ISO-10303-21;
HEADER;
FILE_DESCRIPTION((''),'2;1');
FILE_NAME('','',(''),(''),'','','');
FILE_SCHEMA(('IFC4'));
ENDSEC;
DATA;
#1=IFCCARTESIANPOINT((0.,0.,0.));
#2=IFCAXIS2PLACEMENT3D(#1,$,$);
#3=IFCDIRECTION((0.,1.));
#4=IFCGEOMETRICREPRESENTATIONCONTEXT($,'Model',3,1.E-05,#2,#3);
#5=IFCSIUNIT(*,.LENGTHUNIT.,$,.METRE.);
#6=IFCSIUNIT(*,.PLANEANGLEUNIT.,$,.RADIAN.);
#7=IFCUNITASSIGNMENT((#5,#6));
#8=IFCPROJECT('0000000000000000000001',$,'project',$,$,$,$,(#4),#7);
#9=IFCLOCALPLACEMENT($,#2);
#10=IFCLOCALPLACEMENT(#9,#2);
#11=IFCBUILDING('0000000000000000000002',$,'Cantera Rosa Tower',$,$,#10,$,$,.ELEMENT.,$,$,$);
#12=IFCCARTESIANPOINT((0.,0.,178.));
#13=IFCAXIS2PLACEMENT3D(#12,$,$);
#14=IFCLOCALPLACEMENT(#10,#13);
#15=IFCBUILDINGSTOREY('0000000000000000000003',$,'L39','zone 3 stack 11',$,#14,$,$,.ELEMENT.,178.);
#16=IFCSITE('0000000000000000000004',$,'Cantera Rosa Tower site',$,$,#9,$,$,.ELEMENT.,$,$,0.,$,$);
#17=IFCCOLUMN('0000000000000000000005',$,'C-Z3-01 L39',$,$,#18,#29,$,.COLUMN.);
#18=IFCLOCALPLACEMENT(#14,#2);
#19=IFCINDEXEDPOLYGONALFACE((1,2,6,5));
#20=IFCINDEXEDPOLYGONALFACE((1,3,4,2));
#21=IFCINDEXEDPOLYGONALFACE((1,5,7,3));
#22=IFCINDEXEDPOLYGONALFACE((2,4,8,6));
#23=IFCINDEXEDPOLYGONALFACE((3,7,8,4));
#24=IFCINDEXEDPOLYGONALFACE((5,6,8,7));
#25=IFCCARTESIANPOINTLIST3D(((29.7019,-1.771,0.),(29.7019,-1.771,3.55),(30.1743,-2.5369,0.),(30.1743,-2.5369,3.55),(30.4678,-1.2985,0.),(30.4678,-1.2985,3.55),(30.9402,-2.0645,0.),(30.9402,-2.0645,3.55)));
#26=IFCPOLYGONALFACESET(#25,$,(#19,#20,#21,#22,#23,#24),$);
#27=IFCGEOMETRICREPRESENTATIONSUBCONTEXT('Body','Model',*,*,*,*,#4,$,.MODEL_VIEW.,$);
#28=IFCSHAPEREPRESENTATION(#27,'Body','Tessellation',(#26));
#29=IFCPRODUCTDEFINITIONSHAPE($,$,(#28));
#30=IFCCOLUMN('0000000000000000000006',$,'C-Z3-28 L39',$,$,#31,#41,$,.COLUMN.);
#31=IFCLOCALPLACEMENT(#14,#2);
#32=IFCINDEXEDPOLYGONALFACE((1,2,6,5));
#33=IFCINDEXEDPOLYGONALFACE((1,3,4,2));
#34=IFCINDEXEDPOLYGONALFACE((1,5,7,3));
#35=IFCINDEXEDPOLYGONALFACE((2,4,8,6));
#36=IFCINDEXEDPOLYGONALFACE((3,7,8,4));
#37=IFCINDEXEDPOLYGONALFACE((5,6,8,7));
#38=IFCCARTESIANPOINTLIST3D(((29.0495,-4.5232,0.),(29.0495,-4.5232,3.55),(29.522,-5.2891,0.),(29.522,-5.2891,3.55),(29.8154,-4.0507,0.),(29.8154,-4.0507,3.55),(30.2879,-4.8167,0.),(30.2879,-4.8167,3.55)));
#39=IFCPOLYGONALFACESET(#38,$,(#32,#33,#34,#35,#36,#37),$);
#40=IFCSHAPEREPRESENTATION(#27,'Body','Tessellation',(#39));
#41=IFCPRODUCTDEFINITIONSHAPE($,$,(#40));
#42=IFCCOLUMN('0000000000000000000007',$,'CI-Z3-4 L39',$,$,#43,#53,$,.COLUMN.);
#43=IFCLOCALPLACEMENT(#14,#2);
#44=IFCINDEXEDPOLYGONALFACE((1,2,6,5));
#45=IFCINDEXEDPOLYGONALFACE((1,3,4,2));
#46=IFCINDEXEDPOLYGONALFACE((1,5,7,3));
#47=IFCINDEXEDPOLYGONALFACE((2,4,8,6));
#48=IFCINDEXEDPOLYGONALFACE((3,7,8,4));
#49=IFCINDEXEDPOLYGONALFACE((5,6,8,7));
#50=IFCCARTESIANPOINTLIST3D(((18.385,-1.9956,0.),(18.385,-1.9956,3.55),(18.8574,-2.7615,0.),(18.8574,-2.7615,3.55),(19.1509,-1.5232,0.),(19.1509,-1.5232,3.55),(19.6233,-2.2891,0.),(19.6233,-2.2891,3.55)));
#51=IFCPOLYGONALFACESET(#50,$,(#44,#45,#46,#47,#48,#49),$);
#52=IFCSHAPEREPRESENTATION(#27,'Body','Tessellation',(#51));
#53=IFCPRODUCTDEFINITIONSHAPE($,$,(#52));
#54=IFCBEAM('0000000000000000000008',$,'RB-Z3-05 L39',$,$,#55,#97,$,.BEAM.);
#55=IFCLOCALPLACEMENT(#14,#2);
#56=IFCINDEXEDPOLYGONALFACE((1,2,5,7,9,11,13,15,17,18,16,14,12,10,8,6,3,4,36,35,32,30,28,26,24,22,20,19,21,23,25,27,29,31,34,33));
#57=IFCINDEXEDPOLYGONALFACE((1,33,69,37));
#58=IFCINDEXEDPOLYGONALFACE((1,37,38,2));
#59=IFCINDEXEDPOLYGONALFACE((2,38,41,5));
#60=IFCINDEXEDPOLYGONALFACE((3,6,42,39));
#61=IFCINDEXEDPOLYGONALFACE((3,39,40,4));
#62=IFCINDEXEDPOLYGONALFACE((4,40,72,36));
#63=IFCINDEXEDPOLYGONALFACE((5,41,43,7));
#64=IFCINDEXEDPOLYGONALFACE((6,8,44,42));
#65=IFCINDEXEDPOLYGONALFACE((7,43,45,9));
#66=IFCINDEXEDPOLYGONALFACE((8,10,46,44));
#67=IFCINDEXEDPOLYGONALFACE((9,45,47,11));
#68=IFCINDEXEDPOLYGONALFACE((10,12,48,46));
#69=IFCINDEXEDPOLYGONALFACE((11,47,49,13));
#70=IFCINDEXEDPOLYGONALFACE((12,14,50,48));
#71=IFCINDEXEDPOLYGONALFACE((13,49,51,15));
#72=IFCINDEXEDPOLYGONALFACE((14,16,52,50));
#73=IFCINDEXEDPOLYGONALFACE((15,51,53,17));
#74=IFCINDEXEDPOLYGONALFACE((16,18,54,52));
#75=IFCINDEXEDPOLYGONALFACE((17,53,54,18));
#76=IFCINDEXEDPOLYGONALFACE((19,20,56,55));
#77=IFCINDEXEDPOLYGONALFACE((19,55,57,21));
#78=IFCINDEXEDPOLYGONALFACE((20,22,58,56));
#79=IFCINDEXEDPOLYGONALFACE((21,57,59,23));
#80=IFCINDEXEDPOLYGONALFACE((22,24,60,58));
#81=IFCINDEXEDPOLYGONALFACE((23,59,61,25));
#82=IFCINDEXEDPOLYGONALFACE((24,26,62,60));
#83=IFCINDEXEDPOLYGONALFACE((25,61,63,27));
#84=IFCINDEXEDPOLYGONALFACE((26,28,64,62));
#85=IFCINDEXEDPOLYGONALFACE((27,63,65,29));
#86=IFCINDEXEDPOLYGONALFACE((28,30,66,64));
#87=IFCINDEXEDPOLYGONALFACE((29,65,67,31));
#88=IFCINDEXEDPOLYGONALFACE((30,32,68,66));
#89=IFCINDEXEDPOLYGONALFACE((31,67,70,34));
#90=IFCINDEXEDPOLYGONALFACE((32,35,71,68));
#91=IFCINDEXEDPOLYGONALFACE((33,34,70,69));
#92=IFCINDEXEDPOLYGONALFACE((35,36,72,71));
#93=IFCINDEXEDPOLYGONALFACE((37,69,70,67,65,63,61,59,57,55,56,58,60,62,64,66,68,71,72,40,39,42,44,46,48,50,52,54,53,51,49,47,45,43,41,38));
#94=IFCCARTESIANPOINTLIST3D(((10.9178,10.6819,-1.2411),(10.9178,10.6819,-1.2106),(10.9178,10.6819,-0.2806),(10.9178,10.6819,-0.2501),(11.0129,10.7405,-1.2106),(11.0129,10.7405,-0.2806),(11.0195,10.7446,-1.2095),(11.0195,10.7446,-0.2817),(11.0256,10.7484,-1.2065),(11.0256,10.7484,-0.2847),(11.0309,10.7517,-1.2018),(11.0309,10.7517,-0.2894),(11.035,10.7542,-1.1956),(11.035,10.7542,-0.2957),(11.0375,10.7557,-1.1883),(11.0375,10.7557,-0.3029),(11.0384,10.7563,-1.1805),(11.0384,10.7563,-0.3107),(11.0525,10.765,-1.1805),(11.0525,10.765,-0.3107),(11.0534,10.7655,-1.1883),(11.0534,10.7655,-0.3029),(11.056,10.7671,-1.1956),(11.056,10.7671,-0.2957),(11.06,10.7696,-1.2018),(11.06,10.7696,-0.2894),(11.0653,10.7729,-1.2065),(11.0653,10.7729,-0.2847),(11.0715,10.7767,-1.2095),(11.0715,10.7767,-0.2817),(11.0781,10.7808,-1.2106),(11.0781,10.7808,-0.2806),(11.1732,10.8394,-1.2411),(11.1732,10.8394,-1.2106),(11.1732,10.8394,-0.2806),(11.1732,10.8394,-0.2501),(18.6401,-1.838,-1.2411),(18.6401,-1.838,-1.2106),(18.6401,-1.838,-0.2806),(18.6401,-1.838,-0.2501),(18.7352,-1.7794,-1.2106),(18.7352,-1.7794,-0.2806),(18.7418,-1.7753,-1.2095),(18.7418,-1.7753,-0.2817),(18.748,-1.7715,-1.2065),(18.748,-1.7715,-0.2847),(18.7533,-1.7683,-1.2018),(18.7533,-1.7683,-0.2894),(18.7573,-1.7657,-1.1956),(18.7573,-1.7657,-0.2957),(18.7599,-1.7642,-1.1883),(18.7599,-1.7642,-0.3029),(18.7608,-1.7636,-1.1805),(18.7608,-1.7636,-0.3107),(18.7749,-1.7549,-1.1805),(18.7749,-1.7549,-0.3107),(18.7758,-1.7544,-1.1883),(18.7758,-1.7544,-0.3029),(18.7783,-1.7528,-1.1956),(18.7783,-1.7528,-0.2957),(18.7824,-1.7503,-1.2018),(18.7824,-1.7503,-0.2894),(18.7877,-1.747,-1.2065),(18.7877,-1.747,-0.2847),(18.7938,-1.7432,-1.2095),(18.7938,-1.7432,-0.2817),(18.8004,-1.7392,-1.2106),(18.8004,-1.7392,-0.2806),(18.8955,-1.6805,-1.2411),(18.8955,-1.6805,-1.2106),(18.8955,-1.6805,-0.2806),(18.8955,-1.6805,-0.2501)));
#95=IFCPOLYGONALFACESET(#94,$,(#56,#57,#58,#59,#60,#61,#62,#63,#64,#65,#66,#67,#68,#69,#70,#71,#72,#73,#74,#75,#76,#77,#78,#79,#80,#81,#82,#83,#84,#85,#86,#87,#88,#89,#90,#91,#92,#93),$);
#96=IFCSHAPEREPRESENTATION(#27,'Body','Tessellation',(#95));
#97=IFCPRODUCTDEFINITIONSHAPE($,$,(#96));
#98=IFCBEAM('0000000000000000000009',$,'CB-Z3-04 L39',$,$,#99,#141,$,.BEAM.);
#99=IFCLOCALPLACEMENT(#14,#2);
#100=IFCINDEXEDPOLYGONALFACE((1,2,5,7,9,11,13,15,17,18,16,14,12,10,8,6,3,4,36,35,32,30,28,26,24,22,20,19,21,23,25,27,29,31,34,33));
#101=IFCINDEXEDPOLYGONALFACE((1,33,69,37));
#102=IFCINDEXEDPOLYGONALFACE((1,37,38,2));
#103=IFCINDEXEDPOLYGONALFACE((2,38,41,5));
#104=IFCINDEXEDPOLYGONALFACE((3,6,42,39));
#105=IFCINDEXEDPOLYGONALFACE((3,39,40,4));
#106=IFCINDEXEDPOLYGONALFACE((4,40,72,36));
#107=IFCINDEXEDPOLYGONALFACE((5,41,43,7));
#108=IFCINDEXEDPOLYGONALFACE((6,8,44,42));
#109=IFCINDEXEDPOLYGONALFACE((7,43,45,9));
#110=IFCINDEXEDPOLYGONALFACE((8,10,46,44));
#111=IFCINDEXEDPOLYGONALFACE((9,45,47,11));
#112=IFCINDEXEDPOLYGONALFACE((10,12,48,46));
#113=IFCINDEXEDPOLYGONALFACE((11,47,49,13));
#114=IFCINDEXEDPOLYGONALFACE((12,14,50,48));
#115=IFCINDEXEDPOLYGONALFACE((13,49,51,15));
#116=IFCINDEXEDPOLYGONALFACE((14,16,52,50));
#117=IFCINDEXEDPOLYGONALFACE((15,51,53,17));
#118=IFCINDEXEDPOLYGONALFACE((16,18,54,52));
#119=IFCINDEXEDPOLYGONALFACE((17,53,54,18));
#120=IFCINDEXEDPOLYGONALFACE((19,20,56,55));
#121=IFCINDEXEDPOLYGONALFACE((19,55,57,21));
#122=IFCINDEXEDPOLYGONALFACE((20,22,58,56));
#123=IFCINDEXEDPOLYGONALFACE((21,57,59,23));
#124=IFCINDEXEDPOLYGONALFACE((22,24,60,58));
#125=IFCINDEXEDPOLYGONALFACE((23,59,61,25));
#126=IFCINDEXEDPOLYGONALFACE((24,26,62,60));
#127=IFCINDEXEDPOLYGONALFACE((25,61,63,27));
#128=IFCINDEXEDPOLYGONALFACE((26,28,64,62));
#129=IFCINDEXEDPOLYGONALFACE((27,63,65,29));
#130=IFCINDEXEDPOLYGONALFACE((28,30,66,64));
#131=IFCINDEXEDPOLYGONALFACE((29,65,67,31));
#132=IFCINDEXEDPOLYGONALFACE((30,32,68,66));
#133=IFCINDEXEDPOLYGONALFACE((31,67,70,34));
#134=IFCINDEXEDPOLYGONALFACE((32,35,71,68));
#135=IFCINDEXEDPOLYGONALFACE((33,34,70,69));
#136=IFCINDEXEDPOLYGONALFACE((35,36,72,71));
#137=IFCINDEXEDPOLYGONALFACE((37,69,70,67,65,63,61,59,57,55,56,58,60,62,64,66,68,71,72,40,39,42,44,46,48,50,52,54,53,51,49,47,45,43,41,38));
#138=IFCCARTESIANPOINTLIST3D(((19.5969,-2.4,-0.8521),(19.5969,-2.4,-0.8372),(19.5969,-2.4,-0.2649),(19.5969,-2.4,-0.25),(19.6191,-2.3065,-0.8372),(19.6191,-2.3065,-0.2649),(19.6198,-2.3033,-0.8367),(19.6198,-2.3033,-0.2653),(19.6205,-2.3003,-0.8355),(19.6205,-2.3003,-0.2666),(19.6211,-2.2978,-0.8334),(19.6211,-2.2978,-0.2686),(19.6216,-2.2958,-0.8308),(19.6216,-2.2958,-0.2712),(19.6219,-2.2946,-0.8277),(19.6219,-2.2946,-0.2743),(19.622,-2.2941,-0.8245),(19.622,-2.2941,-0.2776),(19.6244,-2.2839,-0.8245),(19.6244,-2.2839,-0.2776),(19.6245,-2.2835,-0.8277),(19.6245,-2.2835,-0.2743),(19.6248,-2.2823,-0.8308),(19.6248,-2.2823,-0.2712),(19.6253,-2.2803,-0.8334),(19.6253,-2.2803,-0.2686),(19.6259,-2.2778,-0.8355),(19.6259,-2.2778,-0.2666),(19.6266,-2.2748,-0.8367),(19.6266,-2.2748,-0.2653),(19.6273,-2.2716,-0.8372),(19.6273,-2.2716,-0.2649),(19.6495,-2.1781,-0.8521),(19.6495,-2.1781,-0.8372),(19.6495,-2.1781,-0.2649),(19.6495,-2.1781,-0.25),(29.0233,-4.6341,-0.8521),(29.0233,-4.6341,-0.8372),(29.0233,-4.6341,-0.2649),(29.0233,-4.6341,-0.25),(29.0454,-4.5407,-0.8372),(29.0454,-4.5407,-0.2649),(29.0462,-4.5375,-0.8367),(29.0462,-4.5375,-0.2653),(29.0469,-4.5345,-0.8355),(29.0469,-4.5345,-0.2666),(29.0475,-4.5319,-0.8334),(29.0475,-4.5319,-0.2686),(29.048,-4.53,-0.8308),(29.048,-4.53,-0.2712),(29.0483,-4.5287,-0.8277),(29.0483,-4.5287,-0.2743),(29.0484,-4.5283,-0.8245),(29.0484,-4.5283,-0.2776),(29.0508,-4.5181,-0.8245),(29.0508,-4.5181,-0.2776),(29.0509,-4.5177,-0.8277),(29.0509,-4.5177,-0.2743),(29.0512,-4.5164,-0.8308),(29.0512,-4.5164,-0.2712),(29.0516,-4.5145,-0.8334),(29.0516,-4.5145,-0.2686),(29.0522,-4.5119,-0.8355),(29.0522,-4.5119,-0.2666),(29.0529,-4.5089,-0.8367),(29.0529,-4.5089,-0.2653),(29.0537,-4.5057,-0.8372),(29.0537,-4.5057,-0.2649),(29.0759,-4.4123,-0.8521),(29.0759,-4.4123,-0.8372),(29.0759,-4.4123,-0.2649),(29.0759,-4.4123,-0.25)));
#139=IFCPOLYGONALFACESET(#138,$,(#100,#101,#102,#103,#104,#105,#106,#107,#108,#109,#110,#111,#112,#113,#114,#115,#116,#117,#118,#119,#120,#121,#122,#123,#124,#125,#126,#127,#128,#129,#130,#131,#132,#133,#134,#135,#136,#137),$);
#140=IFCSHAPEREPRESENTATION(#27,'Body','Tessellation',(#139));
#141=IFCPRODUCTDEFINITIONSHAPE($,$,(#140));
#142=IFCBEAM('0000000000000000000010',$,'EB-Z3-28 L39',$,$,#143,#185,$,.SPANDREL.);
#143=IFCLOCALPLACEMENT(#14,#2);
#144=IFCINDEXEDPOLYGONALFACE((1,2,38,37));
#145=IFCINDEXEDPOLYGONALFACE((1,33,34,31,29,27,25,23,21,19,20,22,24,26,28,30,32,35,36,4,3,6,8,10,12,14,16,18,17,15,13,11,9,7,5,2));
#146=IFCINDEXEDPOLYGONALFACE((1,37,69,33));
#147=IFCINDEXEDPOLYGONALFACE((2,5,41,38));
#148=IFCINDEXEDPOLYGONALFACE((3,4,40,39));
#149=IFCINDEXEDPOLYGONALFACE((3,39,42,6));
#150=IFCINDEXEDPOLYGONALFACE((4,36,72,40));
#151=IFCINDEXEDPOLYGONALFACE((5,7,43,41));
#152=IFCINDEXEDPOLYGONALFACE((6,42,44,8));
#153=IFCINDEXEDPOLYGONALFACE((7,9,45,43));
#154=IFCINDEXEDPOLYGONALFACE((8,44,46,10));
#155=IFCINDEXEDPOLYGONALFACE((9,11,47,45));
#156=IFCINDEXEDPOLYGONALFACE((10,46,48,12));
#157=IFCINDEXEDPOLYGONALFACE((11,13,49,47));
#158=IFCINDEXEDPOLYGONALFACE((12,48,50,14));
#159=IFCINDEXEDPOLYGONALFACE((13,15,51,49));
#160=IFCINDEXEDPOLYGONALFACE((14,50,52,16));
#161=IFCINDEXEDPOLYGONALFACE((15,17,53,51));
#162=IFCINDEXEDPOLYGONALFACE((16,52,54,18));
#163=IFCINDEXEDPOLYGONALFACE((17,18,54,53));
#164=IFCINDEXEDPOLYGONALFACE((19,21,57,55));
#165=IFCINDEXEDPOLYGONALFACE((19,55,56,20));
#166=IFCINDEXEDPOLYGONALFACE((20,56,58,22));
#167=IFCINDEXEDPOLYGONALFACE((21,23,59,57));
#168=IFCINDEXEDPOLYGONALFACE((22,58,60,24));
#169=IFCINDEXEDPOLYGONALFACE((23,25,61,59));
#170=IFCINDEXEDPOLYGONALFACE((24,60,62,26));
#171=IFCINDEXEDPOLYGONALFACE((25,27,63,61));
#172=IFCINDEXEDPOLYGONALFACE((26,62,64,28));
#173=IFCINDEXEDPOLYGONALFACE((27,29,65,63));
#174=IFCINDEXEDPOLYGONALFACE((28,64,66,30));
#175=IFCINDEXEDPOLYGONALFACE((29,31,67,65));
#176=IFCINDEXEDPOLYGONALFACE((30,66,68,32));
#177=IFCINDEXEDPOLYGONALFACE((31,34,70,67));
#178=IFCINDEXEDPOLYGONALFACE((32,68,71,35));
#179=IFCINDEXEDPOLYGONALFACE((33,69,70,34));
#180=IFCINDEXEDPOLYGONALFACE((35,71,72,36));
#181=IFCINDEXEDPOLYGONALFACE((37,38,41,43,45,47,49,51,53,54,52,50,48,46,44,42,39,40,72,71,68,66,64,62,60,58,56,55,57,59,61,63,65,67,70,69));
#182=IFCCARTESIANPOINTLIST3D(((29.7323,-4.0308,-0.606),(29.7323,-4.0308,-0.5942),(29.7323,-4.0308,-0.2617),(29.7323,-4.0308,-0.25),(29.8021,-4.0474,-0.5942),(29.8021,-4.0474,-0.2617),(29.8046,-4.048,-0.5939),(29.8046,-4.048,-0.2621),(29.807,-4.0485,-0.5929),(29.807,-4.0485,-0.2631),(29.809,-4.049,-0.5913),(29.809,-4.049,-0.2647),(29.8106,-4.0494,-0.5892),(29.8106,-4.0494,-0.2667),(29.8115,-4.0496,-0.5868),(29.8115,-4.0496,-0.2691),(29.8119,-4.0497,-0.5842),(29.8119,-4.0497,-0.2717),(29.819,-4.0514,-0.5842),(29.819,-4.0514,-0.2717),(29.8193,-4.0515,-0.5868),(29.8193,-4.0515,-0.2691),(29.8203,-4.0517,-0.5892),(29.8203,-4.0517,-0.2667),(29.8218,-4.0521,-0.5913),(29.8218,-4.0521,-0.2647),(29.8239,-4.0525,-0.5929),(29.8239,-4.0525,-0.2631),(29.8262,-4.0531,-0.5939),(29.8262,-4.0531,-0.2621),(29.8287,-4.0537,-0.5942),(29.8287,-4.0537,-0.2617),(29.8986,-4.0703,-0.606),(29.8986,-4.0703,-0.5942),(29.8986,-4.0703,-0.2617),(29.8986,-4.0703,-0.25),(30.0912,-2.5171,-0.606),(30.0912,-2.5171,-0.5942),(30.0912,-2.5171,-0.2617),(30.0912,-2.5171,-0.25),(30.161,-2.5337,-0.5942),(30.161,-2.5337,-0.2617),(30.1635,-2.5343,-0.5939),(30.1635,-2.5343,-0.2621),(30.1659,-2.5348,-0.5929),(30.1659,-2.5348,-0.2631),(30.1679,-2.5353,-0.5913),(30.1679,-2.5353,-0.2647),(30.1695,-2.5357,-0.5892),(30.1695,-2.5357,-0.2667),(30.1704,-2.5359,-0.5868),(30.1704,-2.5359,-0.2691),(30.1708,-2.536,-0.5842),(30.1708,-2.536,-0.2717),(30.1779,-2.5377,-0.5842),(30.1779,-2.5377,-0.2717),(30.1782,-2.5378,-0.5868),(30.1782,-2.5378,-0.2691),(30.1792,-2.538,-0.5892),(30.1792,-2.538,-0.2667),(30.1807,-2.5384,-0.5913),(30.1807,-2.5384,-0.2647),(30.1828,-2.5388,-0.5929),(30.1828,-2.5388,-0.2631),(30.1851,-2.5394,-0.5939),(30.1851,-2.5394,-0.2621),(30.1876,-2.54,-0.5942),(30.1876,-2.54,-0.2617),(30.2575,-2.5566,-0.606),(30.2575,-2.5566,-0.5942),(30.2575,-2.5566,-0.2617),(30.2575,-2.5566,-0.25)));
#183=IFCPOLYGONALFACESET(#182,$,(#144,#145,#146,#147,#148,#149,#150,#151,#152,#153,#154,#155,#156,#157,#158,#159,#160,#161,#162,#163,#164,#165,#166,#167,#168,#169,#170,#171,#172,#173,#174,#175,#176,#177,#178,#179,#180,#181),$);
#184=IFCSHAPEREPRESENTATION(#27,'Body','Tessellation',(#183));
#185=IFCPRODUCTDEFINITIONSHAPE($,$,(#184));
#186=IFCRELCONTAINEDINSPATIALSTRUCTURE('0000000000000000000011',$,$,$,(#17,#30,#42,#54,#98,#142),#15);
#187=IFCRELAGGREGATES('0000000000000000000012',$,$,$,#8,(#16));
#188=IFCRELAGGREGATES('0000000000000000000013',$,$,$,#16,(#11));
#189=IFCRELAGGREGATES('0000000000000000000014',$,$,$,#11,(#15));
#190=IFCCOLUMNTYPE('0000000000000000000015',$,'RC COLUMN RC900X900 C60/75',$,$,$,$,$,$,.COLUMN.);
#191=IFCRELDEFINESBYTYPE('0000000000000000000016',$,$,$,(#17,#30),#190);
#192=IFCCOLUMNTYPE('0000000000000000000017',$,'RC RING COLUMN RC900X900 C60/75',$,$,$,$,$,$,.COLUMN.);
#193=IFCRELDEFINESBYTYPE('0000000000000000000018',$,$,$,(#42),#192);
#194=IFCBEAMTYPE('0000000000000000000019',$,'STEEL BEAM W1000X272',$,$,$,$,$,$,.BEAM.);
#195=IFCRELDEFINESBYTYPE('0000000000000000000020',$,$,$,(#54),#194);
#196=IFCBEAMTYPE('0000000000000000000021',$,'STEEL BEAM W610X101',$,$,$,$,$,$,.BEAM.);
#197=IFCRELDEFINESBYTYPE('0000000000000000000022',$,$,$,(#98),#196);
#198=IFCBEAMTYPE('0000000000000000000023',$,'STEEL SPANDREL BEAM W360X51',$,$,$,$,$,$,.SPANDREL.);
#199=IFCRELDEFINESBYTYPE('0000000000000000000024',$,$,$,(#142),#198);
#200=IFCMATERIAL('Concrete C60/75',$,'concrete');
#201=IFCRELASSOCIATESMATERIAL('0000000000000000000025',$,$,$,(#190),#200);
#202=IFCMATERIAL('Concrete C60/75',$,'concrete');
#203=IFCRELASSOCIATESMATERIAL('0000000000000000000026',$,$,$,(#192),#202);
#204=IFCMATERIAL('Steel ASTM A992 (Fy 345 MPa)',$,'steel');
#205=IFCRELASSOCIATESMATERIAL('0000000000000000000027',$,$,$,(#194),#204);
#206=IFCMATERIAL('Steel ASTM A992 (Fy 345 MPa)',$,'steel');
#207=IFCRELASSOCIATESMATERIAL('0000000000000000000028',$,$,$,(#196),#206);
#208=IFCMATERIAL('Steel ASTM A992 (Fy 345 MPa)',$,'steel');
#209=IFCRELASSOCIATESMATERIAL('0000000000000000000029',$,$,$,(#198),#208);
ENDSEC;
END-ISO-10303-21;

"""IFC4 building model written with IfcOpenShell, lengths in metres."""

from ifc_helpers import new_model, si_unit, direction, frame, origin, origin_2d, place, context, subcontext, project, spatial, rectangle, i_section, extrude, material, material_profile, profile_set, type_object, element, save


model = new_model("IFC4")

# Units and contexts
model_context = context("Model", 3, precision=1e-05, world=origin(), true_north=direction((0.0, 1.0)))
body_context = subcontext(model_context, "Body", "Model", "MODEL_VIEW")
ifc_project = project(units=[si_unit("LENGTHUNIT", "METRE"), si_unit("PLANEANGLEUNIT", "RADIAN")], contexts=[model_context])

# Site, building, storey
site_placement = place(None, origin())
site = spatial("IfcSite", under=ifc_project, at=site_placement, Name="Cantera Rosa Tower site", CompositionType="ELEMENT", RefElevation=0.0)
building_placement = place(site_placement, origin())
building = spatial("IfcBuilding", under=site, at=building_placement, Name="Cantera Rosa Tower", CompositionType="ELEMENT")
storey_placement = place(building_placement, frame((0.0, 0.0, 178.0)))
storey = spatial("IfcBuildingStorey", under=building, at=storey_placement, Name="L39", Description="zone 3 stack 11", CompositionType="ELEMENT", Elevation=178.0)

# Columns
ifc_material_1 = material(Name="Concrete C60/75", Category="concrete")
ifc_material_profile_1 = material_profile(ifc_material_1, rectangle(XDim=0.8999, YDim=0.8999, at=origin_2d()), Name="RC COLUMN RC900X900 C60/75")
ifc_profile_set_1 = profile_set([ifc_material_profile_1], Name="Concrete C60/75")
column_type_1 = type_object("IfcColumnType", Name="RC COLUMN RC900X900 C60/75", PredefinedType="COLUMN", material=ifc_profile_set_1)
for number, where, z_axis, x_axis, name in (
    (1, (30.321, -1.9177, 0.0), (0.0, 0.0, 1.0), (0.851117, 0.524977, 0.0), "C-Z3-01 L39"),
    (2, (29.6687, -4.6699, 0.0), (0.0, 0.0, 1.0), (0.851117, 0.524977, 0.0), "C-Z3-28 L39"),
):
    element("IfcColumn", number, at=place(storey_placement, frame(where, z_axis=z_axis, x_axis=x_axis)), inside=storey, type_object=column_type_1, Name=name, PredefinedType="COLUMN", context=body_context, shape_type="SweptSolid", body=[
        extrude(rectangle(XDim=0.8999, YDim=0.8999, at=origin_2d()), origin(), (0.0, 0.0, 1.0), 3.55),
    ])
ifc_material_2 = material(Name="Concrete C60/75", Category="concrete")
ifc_material_profile_2 = material_profile(ifc_material_2, rectangle(XDim=0.8999, YDim=0.8999, at=origin_2d()), Name="RC RING COLUMN RC900X900 C60/75")
ifc_profile_set_2 = profile_set([ifc_material_profile_2], Name="Concrete C60/75")
column_type_2 = type_object("IfcColumnType", Name="RC RING COLUMN RC900X900 C60/75", PredefinedType="COLUMN", material=ifc_profile_set_2)
column_placement = place(storey_placement, frame((19.0042, -2.1423, 0.0), z_axis=(0.0, 0.0, 1.0), x_axis=(0.851117, 0.524977, 0.0)))
element("IfcColumn", 3, at=column_placement, inside=storey, type_object=column_type_2, Name="CI-Z3-4 L39", PredefinedType="COLUMN", context=body_context, shape_type="SweptSolid", body=[
    extrude(rectangle(XDim=0.8999, YDim=0.8999, at=origin_2d()), origin(), (0.0, 0.0, 1.0), 3.55),
])

# Beams
ifc_material_3 = material(Name="Steel ASTM A992 (Fy 345 MPa)", Category="steel")
ifc_material_profile_3 = material_profile(ifc_material_3, i_section(OverallWidth=0.3, OverallDepth=0.991, WebThickness=0.0166, FlangeThickness=0.0305, FilletRadius=0.03, at=origin_2d()), Name="W1000X272")
ifc_profile_set_3 = profile_set([ifc_material_profile_3], Name="Steel ASTM A992 (Fy 345 MPa)")
beam_type_1 = type_object("IfcBeamType", Name="STEEL BEAM W1000X272", PredefinedType="BEAM", material=ifc_profile_set_3)
beam_1_placement = place(storey_placement, frame((18.7678, -1.7593, -0.7456), z_axis=(-0.524974, 0.851118, 0.0), x_axis=(-0.851118, -0.524974, 0.0)))
element("IfcBeam", 4, at=beam_1_placement, inside=storey, type_object=beam_type_1, Name="RB-Z3-05 L39", PredefinedType="BEAM", context=body_context, shape_type="SweptSolid", body=[
    extrude(i_section(OverallWidth=0.3, OverallDepth=0.991, WebThickness=0.0166, FlangeThickness=0.0305, FilletRadius=0.03, at=origin_2d()), origin(), (0.0, 0.0, 1.0), 14.71),
])
ifc_material_4 = material(Name="Steel ASTM A992 (Fy 345 MPa)", Category="steel")
ifc_material_profile_4 = material_profile(ifc_material_4, i_section(OverallWidth=0.228, OverallDepth=0.6021, WebThickness=0.0105, FlangeThickness=0.0149, FilletRadius=0.0127, at=origin_2d()), Name="W610X101")
ifc_profile_set_4 = profile_set([ifc_material_profile_4], Name="Steel ASTM A992 (Fy 345 MPa)")
beam_type_2 = type_object("IfcBeamType", Name="STEEL BEAM W610X101", PredefinedType="BEAM", material=ifc_profile_set_4)
beam_2_placement = place(storey_placement, frame((29.0496, -4.5232, -0.551), z_axis=(-0.973043, 0.230622, 0.0), x_axis=(-0.230622, -0.973043, 0.0)))
element("IfcBeam", 5, at=beam_2_placement, inside=storey, type_object=beam_type_2, Name="CB-Z3-04 L39", PredefinedType="BEAM", context=body_context, shape_type="SweptSolid", body=[
    extrude(i_section(OverallWidth=0.228, OverallDepth=0.6021, WebThickness=0.0105, FlangeThickness=0.0149, FilletRadius=0.0127, at=origin_2d()), origin(), (0.0, 0.0, 1.0), 9.6875),
])
ifc_material_5 = material(Name="Steel ASTM A992 (Fy 345 MPa)", Category="steel")
ifc_material_profile_5 = material_profile(ifc_material_5, i_section(OverallWidth=0.1709, OverallDepth=0.356, WebThickness=0.0073, FlangeThickness=0.0117, FilletRadius=0.01, at=origin_2d()), Name="W360X51")
ifc_profile_set_5 = profile_set([ifc_material_profile_5], Name="Steel ASTM A992 (Fy 345 MPa)")
beam_type_3 = type_object("IfcBeamType", Name="STEEL SPANDREL BEAM W360X51", PredefinedType="SPANDREL", material=ifc_profile_set_5)
beam_3_placement = place(storey_placement, frame((29.8154, -4.0505, -0.428), z_axis=(0.230701, 0.973025, 0.0), x_axis=(-0.973025, 0.230701, 0.0)))
element("IfcBeam", 6, at=beam_3_placement, inside=storey, type_object=beam_type_3, Name="EB-Z3-28 L39", PredefinedType="SPANDREL", context=body_context, shape_type="SweptSolid", body=[
    extrude(i_section(OverallWidth=0.1709, OverallDepth=0.356, WebThickness=0.0073, FlangeThickness=0.0117, FilletRadius=0.01, at=origin_2d()), origin(), (0.0, 0.0, 1.0), 1.5557),
])

save(model, "model.ifc")
